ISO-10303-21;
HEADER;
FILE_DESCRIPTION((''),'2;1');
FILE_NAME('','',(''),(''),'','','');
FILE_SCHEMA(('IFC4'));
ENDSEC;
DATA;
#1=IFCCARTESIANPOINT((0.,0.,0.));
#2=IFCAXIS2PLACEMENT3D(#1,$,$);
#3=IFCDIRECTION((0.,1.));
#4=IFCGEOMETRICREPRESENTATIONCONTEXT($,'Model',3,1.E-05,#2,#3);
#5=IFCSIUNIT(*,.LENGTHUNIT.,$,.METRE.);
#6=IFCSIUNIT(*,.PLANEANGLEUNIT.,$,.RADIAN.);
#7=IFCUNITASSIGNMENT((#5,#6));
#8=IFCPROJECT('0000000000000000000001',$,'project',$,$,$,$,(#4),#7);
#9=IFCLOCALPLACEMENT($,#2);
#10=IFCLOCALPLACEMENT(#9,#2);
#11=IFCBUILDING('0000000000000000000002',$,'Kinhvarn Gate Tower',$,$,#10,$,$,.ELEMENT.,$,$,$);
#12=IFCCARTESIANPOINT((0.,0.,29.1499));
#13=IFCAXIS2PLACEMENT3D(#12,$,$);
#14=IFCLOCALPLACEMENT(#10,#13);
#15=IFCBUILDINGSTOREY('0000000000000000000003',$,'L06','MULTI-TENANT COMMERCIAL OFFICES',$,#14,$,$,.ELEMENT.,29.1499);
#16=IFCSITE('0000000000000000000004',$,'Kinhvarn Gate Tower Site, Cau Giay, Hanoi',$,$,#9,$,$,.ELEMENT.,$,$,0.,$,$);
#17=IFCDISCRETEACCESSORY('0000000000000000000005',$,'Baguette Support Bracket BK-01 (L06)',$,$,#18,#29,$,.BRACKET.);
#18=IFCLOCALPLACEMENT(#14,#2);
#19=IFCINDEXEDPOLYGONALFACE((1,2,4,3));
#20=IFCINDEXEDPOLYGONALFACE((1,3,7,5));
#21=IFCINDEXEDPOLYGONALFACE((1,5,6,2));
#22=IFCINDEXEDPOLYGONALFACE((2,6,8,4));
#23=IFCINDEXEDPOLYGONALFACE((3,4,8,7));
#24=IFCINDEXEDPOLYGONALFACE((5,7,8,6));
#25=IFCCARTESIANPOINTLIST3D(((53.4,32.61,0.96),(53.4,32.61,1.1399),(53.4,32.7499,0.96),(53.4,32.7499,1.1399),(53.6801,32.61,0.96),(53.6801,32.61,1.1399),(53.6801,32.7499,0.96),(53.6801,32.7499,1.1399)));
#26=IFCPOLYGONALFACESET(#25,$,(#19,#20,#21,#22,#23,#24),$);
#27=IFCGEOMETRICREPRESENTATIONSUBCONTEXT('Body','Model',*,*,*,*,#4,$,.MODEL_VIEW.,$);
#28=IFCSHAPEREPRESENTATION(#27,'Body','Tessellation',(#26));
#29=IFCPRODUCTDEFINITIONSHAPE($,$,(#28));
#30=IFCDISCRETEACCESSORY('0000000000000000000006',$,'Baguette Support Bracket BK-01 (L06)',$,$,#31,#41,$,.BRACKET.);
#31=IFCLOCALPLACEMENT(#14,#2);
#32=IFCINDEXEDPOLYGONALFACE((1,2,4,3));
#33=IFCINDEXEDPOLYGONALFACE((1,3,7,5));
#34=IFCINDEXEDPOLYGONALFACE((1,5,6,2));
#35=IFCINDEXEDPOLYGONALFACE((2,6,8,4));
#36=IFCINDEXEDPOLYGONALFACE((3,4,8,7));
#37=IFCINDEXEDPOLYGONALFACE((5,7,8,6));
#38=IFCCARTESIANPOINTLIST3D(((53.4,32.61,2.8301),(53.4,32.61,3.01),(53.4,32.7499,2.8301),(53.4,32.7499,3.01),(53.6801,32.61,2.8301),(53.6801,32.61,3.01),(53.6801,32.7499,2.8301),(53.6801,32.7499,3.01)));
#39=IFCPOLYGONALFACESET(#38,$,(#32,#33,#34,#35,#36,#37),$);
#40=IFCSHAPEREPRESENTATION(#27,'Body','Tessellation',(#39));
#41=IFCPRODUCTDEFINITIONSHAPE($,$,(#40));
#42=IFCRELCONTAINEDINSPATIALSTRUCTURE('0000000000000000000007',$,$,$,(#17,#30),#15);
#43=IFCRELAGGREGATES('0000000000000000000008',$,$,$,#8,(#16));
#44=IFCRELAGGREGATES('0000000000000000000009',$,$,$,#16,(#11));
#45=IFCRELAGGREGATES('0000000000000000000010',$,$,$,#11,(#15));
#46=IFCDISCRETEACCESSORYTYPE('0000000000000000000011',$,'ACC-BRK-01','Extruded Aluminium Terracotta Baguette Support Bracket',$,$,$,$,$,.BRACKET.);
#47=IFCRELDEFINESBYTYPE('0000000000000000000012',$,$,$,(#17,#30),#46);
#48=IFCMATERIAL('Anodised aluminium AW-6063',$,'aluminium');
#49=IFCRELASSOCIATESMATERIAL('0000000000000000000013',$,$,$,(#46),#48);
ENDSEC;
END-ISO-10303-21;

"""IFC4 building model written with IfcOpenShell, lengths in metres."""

from ifc_helpers import new_model, si_unit, direction, frame, origin, origin_2d, place, context, subcontext, project, spatial, rectangle, extrude, material, type_object, element, save


model = new_model("IFC4")

# Units and contexts
model_context = context("Model", 3, precision=1e-05, world=origin(), true_north=direction((0.0, 1.0)))
body_context = subcontext(model_context, "Body", "Model", "MODEL_VIEW")
ifc_project = project(units=[si_unit("LENGTHUNIT", "METRE"), si_unit("PLANEANGLEUNIT", "RADIAN")], contexts=[model_context])

# Site, building, storey
site_placement = place(None, origin())
site = spatial("IfcSite", under=ifc_project, at=site_placement, Name="Kinhvarn Gate Tower Site, Cau Giay, Hanoi", CompositionType="ELEMENT", RefElevation=0.0)
building_placement = place(site_placement, origin())
building = spatial("IfcBuilding", under=site, at=building_placement, Name="Kinhvarn Gate Tower", CompositionType="ELEMENT")
storey_placement = place(building_placement, frame((0.0, 0.0, 29.1499)))
storey = spatial("IfcBuildingStorey", under=building, at=storey_placement, Name="L06", Description="MULTI-TENANT COMMERCIAL OFFICES", CompositionType="ELEMENT", Elevation=29.1499)

# Shared definitions
ifc_material_1 = material(Name="Anodised aluminium AW-6063", Category="aluminium")

# Discrete accessories
discrete_accessory_type = type_object("IfcDiscreteAccessoryType", Name="ACC-BRK-01", Description="Extruded Aluminium Terracotta Baguette Support Bracket", PredefinedType="BRACKET", material=ifc_material_1)
for number, where, z_axis, x_axis, name in (
    (1, (53.54, 32.6799, 0.96), (0.0, 0.0, 1.0), (0.0, 1.0, 0.0), "Baguette Support Bracket BK-01 (L06)"),
    (2, (53.54, 32.6799, 2.8301), (0.0, 0.0, 1.0), (0.0, 1.0, 0.0), "Baguette Support Bracket BK-01 (L06)"),
):
    element("IfcDiscreteAccessory", number, at=place(storey_placement, frame(where, z_axis=z_axis, x_axis=x_axis)), inside=storey, type_object=discrete_accessory_type, Name=name, PredefinedType="BRACKET", context=body_context, shape_type="SweptSolid", body=[
        extrude(rectangle(XDim=0.1399, YDim=0.28, at=origin_2d()), origin(), (0.0, 0.0, 1.0), 0.1799),
    ])

save(model, "model.ifc")
